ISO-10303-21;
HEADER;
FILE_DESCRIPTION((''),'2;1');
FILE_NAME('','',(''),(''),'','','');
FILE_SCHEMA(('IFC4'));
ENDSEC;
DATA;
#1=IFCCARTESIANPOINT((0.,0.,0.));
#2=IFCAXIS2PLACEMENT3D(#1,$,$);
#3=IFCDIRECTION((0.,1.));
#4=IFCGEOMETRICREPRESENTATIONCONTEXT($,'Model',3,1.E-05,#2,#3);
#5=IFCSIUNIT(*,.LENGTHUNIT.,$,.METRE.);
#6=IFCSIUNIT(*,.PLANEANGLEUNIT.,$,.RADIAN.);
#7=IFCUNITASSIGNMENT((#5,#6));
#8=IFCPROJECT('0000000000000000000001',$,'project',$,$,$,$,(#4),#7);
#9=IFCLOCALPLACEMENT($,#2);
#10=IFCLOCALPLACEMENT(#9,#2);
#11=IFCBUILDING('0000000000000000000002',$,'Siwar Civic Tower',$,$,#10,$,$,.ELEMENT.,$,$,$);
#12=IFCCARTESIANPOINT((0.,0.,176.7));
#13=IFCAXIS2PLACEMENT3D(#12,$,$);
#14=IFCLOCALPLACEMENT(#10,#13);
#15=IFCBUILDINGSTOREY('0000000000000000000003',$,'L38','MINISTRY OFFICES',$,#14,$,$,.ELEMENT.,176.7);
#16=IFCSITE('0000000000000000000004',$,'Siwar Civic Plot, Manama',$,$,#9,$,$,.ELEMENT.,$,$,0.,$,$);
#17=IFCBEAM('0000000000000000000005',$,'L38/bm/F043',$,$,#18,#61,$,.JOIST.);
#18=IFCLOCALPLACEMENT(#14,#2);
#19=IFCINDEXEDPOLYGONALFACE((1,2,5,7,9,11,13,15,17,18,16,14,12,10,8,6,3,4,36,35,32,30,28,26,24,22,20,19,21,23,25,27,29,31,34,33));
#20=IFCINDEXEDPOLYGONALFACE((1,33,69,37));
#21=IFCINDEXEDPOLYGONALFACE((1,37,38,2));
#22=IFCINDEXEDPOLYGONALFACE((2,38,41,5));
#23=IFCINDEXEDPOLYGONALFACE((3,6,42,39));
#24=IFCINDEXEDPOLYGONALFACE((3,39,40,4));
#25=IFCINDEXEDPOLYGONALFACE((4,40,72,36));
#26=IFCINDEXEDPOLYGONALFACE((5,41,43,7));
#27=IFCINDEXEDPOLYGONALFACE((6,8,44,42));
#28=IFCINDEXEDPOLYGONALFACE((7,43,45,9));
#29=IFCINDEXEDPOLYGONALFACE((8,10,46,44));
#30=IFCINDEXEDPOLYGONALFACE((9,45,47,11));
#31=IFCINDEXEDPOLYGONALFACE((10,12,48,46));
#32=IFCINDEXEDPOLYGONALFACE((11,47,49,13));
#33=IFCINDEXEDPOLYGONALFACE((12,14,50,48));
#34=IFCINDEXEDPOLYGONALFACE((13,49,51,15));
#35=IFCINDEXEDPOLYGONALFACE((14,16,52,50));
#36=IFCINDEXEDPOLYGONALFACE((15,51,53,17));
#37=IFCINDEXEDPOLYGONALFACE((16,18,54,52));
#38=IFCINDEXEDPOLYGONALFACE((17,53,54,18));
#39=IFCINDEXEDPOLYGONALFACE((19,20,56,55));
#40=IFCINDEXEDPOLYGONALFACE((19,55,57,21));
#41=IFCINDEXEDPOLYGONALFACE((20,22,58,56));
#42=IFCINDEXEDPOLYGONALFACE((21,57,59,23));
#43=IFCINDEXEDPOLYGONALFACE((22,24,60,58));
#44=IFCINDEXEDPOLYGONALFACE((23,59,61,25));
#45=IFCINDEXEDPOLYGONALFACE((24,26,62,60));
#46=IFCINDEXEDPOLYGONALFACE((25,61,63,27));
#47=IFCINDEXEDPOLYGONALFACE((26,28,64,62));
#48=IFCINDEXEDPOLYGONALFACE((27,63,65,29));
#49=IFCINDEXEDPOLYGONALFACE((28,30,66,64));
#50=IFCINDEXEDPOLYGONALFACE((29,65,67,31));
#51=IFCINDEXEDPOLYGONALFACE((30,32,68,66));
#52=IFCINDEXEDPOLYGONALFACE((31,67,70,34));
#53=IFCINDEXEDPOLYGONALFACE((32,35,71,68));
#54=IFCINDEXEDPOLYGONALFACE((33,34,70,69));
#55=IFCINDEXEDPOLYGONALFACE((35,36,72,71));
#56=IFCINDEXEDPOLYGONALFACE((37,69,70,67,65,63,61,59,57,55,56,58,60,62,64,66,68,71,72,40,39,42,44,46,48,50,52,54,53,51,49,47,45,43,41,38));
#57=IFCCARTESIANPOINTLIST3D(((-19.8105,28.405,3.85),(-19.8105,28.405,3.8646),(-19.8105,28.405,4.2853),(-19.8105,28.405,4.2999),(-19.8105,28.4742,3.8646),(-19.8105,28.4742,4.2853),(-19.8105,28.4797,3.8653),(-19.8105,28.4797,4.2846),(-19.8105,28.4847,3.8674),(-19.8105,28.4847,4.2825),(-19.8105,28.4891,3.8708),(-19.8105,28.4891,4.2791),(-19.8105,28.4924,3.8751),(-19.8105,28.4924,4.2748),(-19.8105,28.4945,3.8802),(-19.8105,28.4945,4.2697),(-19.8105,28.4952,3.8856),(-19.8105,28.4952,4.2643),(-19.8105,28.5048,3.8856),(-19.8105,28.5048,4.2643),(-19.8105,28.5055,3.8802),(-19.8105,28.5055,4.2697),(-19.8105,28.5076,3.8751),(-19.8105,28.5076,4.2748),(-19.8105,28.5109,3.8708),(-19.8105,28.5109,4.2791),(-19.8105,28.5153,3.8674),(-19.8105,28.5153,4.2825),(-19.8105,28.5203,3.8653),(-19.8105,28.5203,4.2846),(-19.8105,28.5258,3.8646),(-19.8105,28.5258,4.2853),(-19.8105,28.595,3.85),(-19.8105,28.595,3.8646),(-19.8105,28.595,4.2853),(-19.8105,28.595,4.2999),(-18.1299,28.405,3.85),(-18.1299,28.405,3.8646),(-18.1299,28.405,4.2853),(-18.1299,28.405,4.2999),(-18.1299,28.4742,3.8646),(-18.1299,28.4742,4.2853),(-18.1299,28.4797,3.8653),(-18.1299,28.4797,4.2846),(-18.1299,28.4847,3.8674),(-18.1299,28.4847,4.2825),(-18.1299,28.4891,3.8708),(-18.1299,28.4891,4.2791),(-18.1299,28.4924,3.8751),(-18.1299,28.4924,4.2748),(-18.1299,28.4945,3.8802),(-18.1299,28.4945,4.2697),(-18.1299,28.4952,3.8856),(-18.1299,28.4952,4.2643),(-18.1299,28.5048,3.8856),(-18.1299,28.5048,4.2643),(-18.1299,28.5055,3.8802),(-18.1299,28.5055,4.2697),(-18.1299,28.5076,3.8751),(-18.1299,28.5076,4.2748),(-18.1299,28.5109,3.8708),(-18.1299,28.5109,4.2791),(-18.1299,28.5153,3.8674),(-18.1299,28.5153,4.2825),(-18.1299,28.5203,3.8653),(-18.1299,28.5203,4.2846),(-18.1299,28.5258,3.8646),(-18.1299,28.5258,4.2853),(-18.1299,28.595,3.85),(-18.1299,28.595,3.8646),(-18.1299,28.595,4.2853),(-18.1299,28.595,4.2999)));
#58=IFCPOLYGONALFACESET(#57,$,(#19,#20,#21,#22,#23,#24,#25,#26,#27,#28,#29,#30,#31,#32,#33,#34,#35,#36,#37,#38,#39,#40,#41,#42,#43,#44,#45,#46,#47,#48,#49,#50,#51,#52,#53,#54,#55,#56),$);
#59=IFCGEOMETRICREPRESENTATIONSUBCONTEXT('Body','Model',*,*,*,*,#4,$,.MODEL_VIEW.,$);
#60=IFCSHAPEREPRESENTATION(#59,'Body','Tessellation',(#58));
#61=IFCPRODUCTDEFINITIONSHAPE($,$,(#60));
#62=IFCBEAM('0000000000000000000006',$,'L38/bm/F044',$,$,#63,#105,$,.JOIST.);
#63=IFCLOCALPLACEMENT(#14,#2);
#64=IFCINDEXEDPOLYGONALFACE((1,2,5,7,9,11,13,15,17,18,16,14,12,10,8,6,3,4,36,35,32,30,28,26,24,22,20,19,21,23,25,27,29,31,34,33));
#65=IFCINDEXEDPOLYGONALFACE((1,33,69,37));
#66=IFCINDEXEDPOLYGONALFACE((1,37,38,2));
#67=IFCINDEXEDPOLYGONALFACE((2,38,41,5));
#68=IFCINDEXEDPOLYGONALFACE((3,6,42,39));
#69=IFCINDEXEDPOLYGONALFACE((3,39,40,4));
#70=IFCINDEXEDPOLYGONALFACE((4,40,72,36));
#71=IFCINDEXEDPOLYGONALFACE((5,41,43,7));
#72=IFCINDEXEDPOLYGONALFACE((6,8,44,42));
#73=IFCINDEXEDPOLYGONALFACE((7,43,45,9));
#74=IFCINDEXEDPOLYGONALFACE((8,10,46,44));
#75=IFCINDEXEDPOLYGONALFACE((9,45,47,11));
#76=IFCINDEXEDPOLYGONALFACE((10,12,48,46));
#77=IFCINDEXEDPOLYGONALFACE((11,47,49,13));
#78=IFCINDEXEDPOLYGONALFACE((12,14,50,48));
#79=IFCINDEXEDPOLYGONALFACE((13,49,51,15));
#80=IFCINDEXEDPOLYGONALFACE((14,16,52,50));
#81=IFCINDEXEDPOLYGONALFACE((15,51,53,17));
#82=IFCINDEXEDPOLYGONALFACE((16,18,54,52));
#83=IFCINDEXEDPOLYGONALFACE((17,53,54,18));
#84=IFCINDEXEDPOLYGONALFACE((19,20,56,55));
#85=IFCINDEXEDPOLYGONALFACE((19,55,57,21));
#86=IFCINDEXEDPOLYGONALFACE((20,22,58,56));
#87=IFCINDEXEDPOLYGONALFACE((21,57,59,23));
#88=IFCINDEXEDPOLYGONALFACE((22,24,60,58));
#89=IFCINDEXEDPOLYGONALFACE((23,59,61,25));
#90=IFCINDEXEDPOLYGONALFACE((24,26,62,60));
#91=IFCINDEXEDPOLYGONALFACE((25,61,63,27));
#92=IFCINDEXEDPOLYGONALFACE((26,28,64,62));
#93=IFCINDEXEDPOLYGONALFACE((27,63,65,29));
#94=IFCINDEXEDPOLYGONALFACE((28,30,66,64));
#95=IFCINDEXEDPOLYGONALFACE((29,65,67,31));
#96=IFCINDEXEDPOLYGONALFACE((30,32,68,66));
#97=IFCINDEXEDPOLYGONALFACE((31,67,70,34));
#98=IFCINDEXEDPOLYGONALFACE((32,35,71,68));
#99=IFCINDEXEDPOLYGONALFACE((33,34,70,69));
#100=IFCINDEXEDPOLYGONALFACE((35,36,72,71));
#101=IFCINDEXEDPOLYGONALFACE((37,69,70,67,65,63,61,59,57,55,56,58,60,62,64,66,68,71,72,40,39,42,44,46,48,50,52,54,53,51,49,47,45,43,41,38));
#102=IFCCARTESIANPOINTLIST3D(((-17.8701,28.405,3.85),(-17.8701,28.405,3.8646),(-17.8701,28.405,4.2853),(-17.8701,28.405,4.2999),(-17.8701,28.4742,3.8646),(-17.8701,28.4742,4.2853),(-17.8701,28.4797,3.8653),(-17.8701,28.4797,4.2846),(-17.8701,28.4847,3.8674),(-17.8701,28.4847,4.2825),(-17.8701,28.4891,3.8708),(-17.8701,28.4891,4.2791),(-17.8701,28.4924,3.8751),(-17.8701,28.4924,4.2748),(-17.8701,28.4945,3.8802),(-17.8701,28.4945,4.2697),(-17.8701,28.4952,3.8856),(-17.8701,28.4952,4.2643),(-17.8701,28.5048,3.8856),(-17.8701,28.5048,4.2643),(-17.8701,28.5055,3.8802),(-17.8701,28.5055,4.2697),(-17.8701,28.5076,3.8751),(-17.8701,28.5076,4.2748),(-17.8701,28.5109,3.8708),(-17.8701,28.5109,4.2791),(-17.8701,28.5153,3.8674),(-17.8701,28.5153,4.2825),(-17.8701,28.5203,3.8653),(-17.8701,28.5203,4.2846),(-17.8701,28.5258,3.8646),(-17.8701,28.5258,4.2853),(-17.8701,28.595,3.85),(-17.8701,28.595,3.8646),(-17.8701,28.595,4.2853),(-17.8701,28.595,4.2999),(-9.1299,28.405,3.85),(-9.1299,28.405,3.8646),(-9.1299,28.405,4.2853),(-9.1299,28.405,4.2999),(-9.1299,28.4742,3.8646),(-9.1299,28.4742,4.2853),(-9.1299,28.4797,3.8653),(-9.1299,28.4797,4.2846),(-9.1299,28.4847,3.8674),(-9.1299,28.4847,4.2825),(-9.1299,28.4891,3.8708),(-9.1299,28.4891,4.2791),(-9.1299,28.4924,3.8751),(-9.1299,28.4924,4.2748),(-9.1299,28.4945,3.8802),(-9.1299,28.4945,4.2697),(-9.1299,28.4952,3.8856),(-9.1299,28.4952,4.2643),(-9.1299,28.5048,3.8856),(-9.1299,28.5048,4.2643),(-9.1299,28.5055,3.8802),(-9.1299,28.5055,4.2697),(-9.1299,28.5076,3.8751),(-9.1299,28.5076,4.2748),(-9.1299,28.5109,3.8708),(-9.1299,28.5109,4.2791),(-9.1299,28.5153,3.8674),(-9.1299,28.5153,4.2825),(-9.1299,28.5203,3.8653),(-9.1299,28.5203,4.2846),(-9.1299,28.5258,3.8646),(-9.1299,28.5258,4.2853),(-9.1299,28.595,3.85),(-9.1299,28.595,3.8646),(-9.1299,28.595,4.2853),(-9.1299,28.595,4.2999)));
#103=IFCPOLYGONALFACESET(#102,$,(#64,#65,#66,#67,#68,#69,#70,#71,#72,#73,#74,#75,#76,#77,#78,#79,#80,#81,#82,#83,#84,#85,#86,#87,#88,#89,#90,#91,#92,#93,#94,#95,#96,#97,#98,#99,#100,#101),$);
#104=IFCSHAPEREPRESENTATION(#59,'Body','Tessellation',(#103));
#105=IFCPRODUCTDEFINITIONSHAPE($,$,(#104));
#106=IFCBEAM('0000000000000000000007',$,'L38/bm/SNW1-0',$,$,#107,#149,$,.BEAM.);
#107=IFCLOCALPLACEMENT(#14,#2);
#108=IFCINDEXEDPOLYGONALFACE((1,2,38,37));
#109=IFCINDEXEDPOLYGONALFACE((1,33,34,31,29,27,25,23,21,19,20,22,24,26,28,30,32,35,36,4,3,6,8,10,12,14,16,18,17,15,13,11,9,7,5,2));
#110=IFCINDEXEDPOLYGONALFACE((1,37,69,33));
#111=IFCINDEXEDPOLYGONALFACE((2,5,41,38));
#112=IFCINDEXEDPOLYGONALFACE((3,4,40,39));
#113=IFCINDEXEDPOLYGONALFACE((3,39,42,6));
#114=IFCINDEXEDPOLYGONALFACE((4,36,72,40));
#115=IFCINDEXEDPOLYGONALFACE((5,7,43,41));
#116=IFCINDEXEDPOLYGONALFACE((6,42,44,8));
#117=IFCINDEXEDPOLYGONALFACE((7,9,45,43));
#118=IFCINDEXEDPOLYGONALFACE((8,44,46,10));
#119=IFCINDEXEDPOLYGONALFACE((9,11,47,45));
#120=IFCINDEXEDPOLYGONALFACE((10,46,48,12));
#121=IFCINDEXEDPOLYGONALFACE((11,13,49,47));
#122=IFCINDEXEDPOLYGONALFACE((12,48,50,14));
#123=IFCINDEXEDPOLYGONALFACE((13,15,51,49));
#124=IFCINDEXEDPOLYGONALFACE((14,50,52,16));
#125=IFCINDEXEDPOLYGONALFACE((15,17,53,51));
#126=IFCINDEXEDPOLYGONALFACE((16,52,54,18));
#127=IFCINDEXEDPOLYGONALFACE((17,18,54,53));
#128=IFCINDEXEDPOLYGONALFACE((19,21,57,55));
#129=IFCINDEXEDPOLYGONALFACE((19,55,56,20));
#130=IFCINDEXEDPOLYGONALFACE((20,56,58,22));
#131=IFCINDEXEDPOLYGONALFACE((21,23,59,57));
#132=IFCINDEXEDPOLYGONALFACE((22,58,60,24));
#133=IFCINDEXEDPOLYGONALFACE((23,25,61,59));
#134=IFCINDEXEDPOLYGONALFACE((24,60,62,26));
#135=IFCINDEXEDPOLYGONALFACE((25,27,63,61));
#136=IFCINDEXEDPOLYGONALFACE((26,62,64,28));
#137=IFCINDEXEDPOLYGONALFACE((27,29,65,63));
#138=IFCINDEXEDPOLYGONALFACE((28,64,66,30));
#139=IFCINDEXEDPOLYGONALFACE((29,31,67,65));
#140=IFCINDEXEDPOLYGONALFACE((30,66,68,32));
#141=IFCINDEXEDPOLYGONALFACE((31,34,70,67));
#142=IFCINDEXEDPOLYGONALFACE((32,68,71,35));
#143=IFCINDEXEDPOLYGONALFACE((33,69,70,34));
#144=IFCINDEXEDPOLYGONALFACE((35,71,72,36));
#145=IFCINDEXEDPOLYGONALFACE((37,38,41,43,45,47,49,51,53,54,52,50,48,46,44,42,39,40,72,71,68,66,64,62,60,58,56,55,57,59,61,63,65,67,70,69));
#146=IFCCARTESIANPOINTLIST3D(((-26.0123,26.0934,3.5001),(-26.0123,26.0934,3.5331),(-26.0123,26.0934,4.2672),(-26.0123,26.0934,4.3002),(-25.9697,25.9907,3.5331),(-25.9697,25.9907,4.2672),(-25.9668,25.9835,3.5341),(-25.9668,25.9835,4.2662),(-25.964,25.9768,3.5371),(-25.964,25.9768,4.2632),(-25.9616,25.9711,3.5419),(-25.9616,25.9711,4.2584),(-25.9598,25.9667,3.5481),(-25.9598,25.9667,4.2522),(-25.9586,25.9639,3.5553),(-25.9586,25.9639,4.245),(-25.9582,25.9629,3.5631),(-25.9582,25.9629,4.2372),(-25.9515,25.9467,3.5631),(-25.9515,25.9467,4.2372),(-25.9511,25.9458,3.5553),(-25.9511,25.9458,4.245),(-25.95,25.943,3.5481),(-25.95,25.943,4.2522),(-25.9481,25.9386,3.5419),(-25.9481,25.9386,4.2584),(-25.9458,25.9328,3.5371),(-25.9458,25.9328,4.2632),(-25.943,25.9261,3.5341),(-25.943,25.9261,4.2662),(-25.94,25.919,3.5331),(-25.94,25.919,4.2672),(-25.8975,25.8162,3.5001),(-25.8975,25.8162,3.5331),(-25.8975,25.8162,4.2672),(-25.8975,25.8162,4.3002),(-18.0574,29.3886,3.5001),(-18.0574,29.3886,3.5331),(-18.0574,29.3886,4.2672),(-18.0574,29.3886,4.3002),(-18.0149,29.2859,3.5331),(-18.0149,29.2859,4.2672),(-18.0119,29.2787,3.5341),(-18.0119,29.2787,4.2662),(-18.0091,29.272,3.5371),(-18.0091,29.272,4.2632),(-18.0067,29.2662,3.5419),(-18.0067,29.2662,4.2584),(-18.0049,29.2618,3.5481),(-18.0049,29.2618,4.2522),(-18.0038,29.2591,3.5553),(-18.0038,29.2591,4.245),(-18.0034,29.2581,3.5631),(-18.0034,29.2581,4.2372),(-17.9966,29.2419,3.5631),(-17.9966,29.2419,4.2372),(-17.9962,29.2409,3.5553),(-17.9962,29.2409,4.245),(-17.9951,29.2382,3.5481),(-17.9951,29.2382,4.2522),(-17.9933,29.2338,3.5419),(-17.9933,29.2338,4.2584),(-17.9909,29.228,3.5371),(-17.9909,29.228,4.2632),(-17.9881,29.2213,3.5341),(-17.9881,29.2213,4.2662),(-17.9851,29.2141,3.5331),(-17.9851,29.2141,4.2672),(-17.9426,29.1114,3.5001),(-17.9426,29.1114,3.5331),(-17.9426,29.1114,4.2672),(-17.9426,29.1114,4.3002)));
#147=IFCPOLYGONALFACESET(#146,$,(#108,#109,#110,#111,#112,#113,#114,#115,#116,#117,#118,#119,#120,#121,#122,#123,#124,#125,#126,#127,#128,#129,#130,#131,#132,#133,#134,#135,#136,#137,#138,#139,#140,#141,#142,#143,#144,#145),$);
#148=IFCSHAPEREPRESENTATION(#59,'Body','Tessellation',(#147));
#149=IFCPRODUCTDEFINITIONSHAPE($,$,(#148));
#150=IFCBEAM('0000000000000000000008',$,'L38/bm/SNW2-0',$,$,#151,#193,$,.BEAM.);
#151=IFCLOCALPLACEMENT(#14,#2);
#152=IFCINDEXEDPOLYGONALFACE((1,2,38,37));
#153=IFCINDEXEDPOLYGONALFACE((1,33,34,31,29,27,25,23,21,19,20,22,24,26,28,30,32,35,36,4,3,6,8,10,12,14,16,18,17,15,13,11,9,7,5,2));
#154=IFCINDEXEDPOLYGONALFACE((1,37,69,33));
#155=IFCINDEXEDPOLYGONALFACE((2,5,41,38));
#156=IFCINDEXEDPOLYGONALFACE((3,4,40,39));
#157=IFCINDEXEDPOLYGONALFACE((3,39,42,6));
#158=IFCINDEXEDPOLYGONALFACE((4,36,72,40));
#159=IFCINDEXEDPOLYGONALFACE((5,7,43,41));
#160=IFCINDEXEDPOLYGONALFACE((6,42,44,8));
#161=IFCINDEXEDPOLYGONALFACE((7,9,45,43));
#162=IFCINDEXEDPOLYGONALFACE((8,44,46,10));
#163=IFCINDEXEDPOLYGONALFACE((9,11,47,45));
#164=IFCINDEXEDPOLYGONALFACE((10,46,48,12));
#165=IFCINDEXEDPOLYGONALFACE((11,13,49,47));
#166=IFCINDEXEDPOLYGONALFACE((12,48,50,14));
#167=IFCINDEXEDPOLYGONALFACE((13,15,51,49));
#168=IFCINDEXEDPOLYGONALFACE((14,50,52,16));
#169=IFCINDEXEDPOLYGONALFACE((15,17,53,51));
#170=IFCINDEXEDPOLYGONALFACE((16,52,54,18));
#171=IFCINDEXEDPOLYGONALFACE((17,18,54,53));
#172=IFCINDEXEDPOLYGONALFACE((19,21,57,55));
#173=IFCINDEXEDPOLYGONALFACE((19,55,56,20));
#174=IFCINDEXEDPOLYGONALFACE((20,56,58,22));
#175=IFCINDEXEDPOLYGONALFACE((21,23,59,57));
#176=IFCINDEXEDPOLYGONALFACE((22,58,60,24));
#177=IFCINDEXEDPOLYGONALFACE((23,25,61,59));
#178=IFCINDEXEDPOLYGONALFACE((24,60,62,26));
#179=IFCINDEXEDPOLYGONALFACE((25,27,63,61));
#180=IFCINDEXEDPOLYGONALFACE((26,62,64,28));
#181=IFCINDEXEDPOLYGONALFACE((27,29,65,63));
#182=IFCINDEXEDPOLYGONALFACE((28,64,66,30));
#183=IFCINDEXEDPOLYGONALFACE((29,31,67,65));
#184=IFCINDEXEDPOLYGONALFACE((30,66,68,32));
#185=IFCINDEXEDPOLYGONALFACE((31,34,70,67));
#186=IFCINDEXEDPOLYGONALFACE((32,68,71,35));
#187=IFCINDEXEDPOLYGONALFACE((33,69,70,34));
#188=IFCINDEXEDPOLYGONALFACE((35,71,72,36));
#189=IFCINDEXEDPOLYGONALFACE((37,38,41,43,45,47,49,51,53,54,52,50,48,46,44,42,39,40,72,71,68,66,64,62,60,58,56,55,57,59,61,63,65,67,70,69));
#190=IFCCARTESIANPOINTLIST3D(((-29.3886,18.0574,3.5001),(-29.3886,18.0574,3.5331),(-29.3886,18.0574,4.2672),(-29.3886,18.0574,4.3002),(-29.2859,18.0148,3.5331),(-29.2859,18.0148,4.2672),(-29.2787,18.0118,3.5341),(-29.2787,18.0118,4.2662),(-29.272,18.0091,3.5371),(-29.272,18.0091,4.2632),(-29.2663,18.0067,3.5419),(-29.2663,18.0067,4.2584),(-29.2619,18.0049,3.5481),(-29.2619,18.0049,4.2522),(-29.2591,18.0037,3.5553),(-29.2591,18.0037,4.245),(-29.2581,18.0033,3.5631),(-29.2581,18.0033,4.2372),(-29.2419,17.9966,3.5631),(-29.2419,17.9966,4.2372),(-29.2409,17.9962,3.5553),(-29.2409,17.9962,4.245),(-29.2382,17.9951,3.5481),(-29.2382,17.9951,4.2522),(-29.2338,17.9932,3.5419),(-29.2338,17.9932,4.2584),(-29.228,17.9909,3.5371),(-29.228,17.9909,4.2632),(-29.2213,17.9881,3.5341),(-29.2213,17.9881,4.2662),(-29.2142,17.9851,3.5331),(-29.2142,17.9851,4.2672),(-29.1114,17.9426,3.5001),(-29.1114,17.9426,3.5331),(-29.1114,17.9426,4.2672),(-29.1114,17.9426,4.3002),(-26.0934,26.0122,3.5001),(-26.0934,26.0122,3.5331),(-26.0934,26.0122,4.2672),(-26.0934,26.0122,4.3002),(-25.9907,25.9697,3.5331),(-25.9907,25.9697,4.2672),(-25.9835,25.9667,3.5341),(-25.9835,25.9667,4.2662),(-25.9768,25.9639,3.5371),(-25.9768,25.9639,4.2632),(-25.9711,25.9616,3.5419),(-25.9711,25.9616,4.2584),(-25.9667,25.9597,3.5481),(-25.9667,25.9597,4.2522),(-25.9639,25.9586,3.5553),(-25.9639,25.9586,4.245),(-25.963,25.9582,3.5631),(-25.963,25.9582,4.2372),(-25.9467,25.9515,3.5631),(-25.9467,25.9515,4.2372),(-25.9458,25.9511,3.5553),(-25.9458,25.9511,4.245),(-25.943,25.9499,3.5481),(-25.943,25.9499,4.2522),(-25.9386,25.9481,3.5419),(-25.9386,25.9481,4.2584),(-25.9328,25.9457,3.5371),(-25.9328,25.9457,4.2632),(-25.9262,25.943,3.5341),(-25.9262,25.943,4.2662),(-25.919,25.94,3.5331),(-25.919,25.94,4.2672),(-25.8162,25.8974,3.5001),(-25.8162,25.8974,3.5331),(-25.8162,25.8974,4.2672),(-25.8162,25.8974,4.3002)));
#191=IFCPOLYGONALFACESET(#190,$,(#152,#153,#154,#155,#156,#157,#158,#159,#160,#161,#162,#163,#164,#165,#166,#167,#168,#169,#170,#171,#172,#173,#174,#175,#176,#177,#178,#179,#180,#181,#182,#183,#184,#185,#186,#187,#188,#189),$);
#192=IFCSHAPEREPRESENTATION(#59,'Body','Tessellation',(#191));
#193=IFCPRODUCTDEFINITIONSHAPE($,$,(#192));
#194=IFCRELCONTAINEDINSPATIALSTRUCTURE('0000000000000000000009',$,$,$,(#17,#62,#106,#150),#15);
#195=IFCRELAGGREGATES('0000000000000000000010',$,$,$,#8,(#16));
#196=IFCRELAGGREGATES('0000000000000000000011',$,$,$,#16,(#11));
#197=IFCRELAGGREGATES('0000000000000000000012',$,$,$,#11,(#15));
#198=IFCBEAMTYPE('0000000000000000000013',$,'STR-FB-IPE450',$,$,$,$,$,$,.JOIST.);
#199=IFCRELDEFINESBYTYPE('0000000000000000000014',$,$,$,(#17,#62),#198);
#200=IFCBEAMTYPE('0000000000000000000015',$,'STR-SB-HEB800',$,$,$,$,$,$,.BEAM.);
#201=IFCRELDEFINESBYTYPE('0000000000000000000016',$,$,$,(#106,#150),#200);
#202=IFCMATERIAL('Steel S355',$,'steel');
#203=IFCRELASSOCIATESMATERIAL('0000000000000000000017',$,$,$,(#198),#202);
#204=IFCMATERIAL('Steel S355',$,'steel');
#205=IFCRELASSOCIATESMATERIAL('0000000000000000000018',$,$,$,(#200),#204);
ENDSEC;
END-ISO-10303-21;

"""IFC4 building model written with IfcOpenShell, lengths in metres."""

from ifc_helpers import new_model, si_unit, direction, frame, origin, origin_2d, place, context, subcontext, project, spatial, i_section, extrude, material, material_profile, profile_set, type_object, element, save


model = new_model("IFC4")

# Units and contexts
model_context = context("Model", 3, precision=1e-05, world=origin(), true_north=direction((0.0, 1.0)))
body_context = subcontext(model_context, "Body", "Model", "MODEL_VIEW")
ifc_project = project(units=[si_unit("LENGTHUNIT", "METRE"), si_unit("PLANEANGLEUNIT", "RADIAN")], contexts=[model_context])

# Site, building, storey
site_placement = place(None, origin())
site = spatial("IfcSite", under=ifc_project, at=site_placement, Name="Siwar Civic Plot, Manama", CompositionType="ELEMENT", RefElevation=0.0)
building_placement = place(site_placement, origin())
building = spatial("IfcBuilding", under=site, at=building_placement, Name="Siwar Civic Tower", CompositionType="ELEMENT")
storey_placement = place(building_placement, frame((0.0, 0.0, 176.7)))
storey = spatial("IfcBuildingStorey", under=building, at=storey_placement, Name="L38", Description="MINISTRY OFFICES", CompositionType="ELEMENT", Elevation=176.7)

# Beams
ifc_material_1 = material(Name="Steel S355", Category="steel")
ifc_material_profile_1 = material_profile(ifc_material_1, i_section(OverallWidth=0.1899, OverallDepth=0.45, WebThickness=0.0095, FlangeThickness=0.0146, FilletRadius=0.021, at=origin_2d()), Name="IPE450")
ifc_profile_set_1 = profile_set([ifc_material_profile_1], Name="Steel S355")
beam_type_1 = type_object("IfcBeamType", Name="STR-FB-IPE450", PredefinedType="JOIST", material=ifc_profile_set_1)
beam_1_placement = place(storey_placement, frame((-19.8105, 28.5, 4.075), z_axis=(1.0, 0.0, 0.0), x_axis=(0.0, 1.0, 0.0)))
element("IfcBeam", 1, at=beam_1_placement, inside=storey, type_object=beam_type_1, Name="L38/bm/F043", PredefinedType="JOIST", context=body_context, shape_type="SweptSolid", body=[
    extrude(i_section(OverallWidth=0.1899, OverallDepth=0.45, WebThickness=0.0095, FlangeThickness=0.0146, FilletRadius=0.021, at=origin_2d()), origin(), (0.0, 0.0, 1.0), 1.6807),
])
beam_2_placement = place(storey_placement, frame((-17.8701, 28.5, 4.075), z_axis=(1.0, 0.0, 0.0), x_axis=(0.0, 1.0, 0.0)))
element("IfcBeam", 2, at=beam_2_placement, inside=storey, type_object=beam_type_1, Name="L38/bm/F044", PredefinedType="JOIST", context=body_context, shape_type="SweptSolid", body=[
    extrude(i_section(OverallWidth=0.1899, OverallDepth=0.45, WebThickness=0.0095, FlangeThickness=0.0146, FilletRadius=0.021, at=origin_2d()), origin(), (0.0, 0.0, 1.0), 8.7402),
])
ifc_material_2 = material(Name="Steel S355", Category="steel")
ifc_material_profile_2 = material_profile(ifc_material_2, i_section(OverallWidth=0.3, OverallDepth=0.8, WebThickness=0.0176, FlangeThickness=0.033, FilletRadius=0.03, at=origin_2d()), Name="HEB800")
ifc_profile_set_2 = profile_set([ifc_material_profile_2], Name="Steel S355")
beam_type_2 = type_object("IfcBeamType", Name="STR-SB-HEB800", PredefinedType="BEAM", material=ifc_profile_set_2)
for number, where, z_axis, x_axis, name in (
    (3, (-18.0, 29.25, 3.9001), (-0.923873, -0.3827, 0.0), (0.3827, -0.923873, 0.0), "L38/bm/SNW1-0"),
    (4, (-25.9548, 25.9548, 3.9001), (-0.3827, -0.923873, 0.0), (0.923873, -0.3827, 0.0), "L38/bm/SNW2-0"),
):
    element("IfcBeam", number, at=place(storey_placement, frame(where, z_axis=z_axis, x_axis=x_axis)), inside=storey, type_object=beam_type_2, Name=name, PredefinedType="BEAM", context=body_context, shape_type="SweptSolid", body=[
        extrude(i_section(OverallWidth=0.3, OverallDepth=0.8, WebThickness=0.0176, FlangeThickness=0.033, FilletRadius=0.03, at=origin_2d()), origin(), (0.0, 0.0, 1.0), 8.6104),
    ])

save(model, "model.ifc")
